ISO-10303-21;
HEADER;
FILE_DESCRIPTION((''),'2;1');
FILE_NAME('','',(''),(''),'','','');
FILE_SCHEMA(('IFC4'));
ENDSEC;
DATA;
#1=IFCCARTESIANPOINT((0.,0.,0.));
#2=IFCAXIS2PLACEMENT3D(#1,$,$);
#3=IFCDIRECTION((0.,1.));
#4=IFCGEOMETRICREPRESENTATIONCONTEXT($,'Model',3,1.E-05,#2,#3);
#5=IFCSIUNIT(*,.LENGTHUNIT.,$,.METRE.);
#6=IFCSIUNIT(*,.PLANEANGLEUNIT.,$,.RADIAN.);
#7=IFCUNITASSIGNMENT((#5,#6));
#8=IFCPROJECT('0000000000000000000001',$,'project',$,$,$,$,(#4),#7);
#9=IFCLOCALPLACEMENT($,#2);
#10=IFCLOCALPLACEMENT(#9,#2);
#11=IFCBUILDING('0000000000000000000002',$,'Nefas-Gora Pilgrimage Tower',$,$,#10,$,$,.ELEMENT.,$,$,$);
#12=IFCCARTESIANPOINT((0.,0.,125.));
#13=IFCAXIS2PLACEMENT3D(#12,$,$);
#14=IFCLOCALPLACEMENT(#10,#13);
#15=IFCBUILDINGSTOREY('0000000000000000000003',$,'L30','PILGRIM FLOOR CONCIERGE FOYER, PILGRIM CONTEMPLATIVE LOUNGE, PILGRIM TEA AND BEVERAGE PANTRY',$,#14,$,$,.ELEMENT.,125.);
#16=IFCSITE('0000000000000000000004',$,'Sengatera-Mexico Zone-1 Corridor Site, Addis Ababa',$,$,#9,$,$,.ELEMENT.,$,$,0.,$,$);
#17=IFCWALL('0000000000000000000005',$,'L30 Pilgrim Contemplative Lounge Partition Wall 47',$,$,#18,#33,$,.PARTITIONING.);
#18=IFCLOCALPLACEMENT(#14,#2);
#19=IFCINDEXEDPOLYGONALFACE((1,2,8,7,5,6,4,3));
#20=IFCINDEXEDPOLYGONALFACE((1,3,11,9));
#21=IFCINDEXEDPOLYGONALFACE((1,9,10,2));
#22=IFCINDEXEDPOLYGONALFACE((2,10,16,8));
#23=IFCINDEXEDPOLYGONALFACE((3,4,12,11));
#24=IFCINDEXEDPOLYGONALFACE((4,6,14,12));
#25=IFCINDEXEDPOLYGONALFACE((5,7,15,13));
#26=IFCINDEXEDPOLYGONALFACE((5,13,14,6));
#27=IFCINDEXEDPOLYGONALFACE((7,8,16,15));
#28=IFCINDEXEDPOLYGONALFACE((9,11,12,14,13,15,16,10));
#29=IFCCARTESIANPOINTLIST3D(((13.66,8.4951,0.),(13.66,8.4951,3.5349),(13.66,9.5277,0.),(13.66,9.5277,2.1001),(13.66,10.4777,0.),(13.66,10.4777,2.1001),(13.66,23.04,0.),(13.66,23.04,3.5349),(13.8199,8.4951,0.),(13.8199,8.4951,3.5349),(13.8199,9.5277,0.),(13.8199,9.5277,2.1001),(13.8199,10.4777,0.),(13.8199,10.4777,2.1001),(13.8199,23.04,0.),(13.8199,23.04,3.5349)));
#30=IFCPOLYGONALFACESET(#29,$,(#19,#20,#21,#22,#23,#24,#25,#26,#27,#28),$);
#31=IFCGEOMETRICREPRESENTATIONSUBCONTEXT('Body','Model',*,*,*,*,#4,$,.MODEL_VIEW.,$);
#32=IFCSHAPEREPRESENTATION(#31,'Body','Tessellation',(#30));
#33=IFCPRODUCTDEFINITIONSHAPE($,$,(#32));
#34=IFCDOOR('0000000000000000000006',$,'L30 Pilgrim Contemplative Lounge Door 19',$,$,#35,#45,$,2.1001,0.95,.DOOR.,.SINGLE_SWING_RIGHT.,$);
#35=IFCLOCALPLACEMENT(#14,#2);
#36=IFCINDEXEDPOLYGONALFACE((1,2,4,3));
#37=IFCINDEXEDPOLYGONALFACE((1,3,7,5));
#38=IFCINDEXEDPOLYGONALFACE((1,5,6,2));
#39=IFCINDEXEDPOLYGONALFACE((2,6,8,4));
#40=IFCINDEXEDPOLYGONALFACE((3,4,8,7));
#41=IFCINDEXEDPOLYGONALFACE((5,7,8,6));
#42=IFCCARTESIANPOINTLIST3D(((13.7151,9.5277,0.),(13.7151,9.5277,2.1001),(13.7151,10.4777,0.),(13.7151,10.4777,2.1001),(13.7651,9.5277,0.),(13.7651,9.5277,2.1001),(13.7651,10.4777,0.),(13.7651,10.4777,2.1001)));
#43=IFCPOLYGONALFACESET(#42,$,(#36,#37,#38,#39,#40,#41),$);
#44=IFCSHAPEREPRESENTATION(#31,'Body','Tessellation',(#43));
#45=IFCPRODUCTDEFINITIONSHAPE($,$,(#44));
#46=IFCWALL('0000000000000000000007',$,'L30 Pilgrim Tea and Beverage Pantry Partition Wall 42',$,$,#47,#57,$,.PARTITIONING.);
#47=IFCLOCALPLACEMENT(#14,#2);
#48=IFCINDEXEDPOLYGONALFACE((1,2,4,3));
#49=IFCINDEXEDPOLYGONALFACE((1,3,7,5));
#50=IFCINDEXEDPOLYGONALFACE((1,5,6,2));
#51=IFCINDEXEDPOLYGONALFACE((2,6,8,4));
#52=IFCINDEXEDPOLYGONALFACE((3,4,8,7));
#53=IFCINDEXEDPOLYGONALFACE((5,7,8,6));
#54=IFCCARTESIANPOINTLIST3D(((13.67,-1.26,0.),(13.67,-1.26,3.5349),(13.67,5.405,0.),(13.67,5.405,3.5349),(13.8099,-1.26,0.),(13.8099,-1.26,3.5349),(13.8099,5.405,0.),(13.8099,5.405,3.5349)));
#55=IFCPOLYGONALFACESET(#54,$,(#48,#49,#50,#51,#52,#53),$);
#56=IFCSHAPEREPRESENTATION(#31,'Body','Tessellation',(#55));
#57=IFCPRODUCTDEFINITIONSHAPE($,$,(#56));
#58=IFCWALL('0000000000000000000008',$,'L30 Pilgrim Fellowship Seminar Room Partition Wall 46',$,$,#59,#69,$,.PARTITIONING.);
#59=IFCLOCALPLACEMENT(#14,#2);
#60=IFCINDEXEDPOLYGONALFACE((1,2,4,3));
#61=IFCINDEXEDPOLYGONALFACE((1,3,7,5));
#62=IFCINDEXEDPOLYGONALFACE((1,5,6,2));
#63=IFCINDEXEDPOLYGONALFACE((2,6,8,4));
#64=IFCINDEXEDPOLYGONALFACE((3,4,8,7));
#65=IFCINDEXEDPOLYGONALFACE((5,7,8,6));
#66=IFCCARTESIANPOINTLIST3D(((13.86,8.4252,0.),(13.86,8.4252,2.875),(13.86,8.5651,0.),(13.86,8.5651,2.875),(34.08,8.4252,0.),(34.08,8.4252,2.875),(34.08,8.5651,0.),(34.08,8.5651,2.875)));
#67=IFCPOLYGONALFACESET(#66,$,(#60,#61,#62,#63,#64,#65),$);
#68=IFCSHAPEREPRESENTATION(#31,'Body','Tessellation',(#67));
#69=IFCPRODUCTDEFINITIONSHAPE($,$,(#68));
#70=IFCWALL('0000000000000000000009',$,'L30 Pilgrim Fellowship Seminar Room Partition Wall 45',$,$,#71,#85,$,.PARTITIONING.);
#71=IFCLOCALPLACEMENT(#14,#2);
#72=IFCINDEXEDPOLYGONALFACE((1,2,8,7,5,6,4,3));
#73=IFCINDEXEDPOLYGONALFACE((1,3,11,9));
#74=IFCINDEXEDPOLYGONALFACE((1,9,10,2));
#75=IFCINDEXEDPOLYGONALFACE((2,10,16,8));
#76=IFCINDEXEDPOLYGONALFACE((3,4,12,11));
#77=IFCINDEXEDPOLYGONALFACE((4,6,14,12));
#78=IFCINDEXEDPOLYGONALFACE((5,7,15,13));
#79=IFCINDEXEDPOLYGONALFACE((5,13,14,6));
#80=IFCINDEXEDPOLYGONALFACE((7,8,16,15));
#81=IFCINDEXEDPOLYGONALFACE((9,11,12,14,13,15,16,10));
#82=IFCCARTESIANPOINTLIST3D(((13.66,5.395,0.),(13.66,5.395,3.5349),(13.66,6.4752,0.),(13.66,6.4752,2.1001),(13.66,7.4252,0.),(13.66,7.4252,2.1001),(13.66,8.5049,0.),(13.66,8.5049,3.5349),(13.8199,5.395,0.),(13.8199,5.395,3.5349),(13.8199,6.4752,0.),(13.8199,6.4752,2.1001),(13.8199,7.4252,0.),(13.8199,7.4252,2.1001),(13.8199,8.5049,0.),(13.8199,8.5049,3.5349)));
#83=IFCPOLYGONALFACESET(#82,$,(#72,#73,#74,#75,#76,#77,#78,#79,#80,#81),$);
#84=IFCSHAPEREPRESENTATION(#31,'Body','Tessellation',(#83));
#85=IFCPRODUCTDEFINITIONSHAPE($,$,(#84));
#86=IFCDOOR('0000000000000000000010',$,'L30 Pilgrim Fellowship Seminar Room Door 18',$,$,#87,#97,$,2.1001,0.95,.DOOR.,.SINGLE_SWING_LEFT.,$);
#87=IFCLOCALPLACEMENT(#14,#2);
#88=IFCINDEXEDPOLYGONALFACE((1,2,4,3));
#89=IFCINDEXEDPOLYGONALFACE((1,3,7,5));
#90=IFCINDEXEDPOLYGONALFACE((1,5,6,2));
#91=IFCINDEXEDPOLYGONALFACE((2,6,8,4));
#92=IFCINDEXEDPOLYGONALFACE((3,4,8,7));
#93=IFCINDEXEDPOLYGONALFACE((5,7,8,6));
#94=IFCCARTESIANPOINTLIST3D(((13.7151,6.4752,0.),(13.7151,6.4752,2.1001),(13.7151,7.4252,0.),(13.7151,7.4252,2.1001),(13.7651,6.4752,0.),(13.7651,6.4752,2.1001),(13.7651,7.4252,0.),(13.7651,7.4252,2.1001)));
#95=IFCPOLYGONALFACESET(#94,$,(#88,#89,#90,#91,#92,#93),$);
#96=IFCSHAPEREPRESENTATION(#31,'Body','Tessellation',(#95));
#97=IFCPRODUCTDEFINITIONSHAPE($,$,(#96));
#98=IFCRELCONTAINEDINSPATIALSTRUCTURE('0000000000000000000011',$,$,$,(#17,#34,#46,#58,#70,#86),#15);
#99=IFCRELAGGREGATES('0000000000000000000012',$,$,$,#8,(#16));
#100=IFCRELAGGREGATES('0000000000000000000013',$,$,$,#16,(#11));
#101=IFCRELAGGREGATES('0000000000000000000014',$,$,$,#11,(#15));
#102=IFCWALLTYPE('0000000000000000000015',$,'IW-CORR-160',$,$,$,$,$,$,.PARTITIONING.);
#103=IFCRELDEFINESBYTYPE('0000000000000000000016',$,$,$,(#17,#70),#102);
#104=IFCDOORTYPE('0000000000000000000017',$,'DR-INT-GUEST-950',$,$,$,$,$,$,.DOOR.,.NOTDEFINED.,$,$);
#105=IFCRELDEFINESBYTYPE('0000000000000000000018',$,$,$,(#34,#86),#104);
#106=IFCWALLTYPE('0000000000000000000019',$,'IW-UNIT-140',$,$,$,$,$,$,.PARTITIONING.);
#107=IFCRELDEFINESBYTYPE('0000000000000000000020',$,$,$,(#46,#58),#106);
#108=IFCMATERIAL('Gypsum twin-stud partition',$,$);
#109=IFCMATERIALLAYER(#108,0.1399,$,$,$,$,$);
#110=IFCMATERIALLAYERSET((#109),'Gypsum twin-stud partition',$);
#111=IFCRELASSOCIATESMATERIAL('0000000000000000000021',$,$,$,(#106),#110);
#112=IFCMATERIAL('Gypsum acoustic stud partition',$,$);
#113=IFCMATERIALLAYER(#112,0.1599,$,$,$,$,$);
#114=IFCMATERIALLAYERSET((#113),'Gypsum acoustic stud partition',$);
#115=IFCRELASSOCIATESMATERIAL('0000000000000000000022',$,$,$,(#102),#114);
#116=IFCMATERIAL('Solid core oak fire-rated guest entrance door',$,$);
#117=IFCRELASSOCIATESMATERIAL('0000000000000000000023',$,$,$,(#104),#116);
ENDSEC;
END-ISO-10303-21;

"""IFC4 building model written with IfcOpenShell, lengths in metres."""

from ifc_helpers import new_model, si_unit, direction, frame, frame_2d, origin, place, context, subcontext, project, spatial, rectangle, extrude, source, transform, mapped, material, layer, layer_set, type_object, element, fill, save


model = new_model("IFC4")

# Units and contexts
model_context = context("Model", 3, precision=1e-05, world=origin(), true_north=direction((0.0, 1.0)))
body_context = subcontext(model_context, "Body", "Model", "MODEL_VIEW")
ifc_project = project(units=[si_unit("LENGTHUNIT", "METRE"), si_unit("PLANEANGLEUNIT", "RADIAN")], contexts=[model_context])

# Site, building, storey
site_placement = place(None, origin())
site = spatial("IfcSite", under=ifc_project, at=site_placement, Name="Sengatera-Mexico Zone-1 Corridor Site, Addis Ababa", CompositionType="ELEMENT", RefElevation=0.0)
building_placement = place(site_placement, origin())
building = spatial("IfcBuilding", under=site, at=building_placement, Name="Nefas-Gora Pilgrimage Tower", CompositionType="ELEMENT")
storey_placement = place(building_placement, frame((0.0, 0.0, 125.0)))
storey = spatial("IfcBuildingStorey", under=building, at=storey_placement, Name="L30", Description="PILGRIM FLOOR CONCIERGE FOYER, PILGRIM CONTEMPLATIVE LOUNGE, PILGRIM TEA AND BEVERAGE PANTRY", CompositionType="ELEMENT", Elevation=125.0)

# Shared definitions
ifc_material_1 = material(Name="Gypsum twin-stud partition")
ifc_layer_1 = layer(ifc_material_1, 0.1399)
ifc_layer_set_1 = layer_set([ifc_layer_1], Name="Gypsum twin-stud partition")
wall_type_1 = type_object("IfcWallType", Name="IW-UNIT-140", PredefinedType="PARTITIONING", material=ifc_layer_set_1)

# Wall, opening, door
ifc_material_2 = material(Name="Gypsum acoustic stud partition")
ifc_layer_2 = layer(ifc_material_2, 0.1599)
ifc_layer_set_2 = layer_set([ifc_layer_2], Name="Gypsum acoustic stud partition")
wall_type_2 = type_object("IfcWallType", Name="IW-CORR-160", PredefinedType="PARTITIONING", material=ifc_layer_set_2)
shared_shape_1 = source(origin(), body_context, "Body", "SweptSolid", [
    extrude(rectangle(XDim=14.5449, YDim=0.1599, at=frame_2d((7.2725, 0.0))), origin(), (0.0, 0.0, 1.0), 3.5349),
])
wall_1_placement = place(storey_placement, frame((13.74, 8.4951, 0.0), z_axis=(0.0, 0.0, 1.0), x_axis=(0.0, 1.0, 0.0)))
wall_1 = element("IfcWall", 1, at=wall_1_placement, inside=storey, type_object=wall_type_2, Name="L30 Pilgrim Contemplative Lounge Partition Wall 47", PredefinedType="PARTITIONING", context=body_context, shape_type="MappedRepresentation", body=[
    mapped(shared_shape_1, transform((0.0, 0.0, 0.0), x_axis=(1.0, 0.0, 0.0), y_axis=(0.0, 1.0, 0.0), z_axis=(0.0, 0.0, 1.0), scale=1.0)),
])
opening_1_placement = place(wall_1_placement, frame((1.0325, 0.0, 0.0)))
opening_1 = element("IfcOpeningElement", 2, at=opening_1_placement, cuts=wall_1, PredefinedType="OPENING", context=body_context, shape_type="SweptSolid", body=[
    extrude(rectangle(XDim=0.95, YDim=2.1001, at=frame_2d((0.4751, 1.05))), frame((0.0, 0.0898, 0.0), z_axis=(0.0, -1.0, 0.0), x_axis=(1.0, 0.0, 0.0)), (0.0, 0.0, 1.0), 0.1799),
])
ifc_material_3 = material(Name="Solid core oak fire-rated guest entrance door")
door_type = type_object("IfcDoorType", Name="DR-INT-GUEST-950", OperationType="NOTDEFINED", PredefinedType="DOOR", material=ifc_material_3)
shared_shape_2 = source(origin(), body_context, "Body", "SweptSolid", [
    extrude(rectangle(XDim=0.95, YDim=2.1001, at=frame_2d((0.4751, 1.05))), frame((0.0, 0.0249, 0.0), z_axis=(0.0, -1.0, 0.0), x_axis=(1.0, 0.0, 0.0)), (0.0, 0.0, 1.0), 0.05),
])
door_1_placement = place(opening_1_placement, origin())
door_1 = element("IfcDoor", 3, at=door_1_placement, inside=storey, type_object=door_type, Name="L30 Pilgrim Contemplative Lounge Door 19", OperationType="SINGLE_SWING_RIGHT", OverallHeight=2.1001, OverallWidth=0.95, PredefinedType="DOOR", context=body_context, shape_type="MappedRepresentation", body=[
    mapped(shared_shape_2, transform((0.0, 0.0, 0.0), x_axis=(1.0, 0.0, 0.0), y_axis=(0.0, 1.0, 0.0), z_axis=(0.0, 0.0, 1.0), scale=1.0)),
])
fill(opening_1, door_1)

# Walls
shared_shape_3 = source(origin(), body_context, "Body", "SweptSolid", [
    extrude(rectangle(XDim=6.665, YDim=0.1399, at=frame_2d((3.3325, 0.0))), origin(), (0.0, 0.0, 1.0), 3.5349),
])
wall_2_placement = place(storey_placement, frame((13.74, -1.26, 0.0), z_axis=(0.0, 0.0, 1.0), x_axis=(0.0, 1.0, 0.0)))
element("IfcWall", 4, at=wall_2_placement, inside=storey, type_object=wall_type_1, Name="L30 Pilgrim Tea and Beverage Pantry Partition Wall 42", PredefinedType="PARTITIONING", context=body_context, shape_type="MappedRepresentation", body=[
    mapped(shared_shape_3, transform((0.0, 0.0, 0.0), x_axis=(1.0, 0.0, 0.0), y_axis=(0.0, 1.0, 0.0), z_axis=(0.0, 0.0, 1.0), scale=1.0)),
])
shared_shape_4 = source(origin(), body_context, "Body", "SweptSolid", [
    extrude(rectangle(XDim=20.22, YDim=0.1399, at=frame_2d((10.1099, 0.0))), origin(), (0.0, 0.0, 1.0), 2.875),
])
wall_3_placement = place(storey_placement, frame((13.8601, 8.4951, 0.0), z_axis=(0.0, 0.0, 1.0), x_axis=(1.0, 0.0, 0.0)))
element("IfcWall", 5, at=wall_3_placement, inside=storey, type_object=wall_type_1, Name="L30 Pilgrim Fellowship Seminar Room Partition Wall 46", PredefinedType="PARTITIONING", context=body_context, shape_type="MappedRepresentation", body=[
    mapped(shared_shape_4, transform((0.0, 0.0, 0.0), x_axis=(1.0, 0.0, 0.0), y_axis=(0.0, 1.0, 0.0), z_axis=(0.0, 0.0, 1.0), scale=1.0)),
])

# Wall, opening, door
shared_shape_5 = source(origin(), body_context, "Body", "SweptSolid", [
    extrude(rectangle(XDim=3.1099, YDim=0.1599, at=frame_2d((1.5549, 0.0))), origin(), (0.0, 0.0, 1.0), 3.5349),
])
wall_4_placement = place(storey_placement, frame((13.74, 5.395, 0.0), z_axis=(0.0, 0.0, 1.0), x_axis=(0.0, 1.0, 0.0)))
wall_4 = element("IfcWall", 6, at=wall_4_placement, inside=storey, type_object=wall_type_2, Name="L30 Pilgrim Fellowship Seminar Room Partition Wall 45", PredefinedType="PARTITIONING", context=body_context, shape_type="MappedRepresentation", body=[
    mapped(shared_shape_5, transform((0.0, 0.0, 0.0), x_axis=(1.0, 0.0, 0.0), y_axis=(0.0, 1.0, 0.0), z_axis=(0.0, 0.0, 1.0), scale=1.0)),
])
opening_2_placement = place(wall_4_placement, frame((1.0801, 0.0, 0.0)))
opening_2 = element("IfcOpeningElement", 7, at=opening_2_placement, cuts=wall_4, PredefinedType="OPENING", context=body_context, shape_type="SweptSolid", body=[
    extrude(rectangle(XDim=0.95, YDim=2.1001, at=frame_2d((0.4751, 1.05))), frame((0.0, 0.0898, 0.0), z_axis=(0.0, -1.0, 0.0), x_axis=(1.0, 0.0, 0.0)), (0.0, 0.0, 1.0), 0.1799),
])
door_2_placement = place(opening_2_placement, origin())
door_2 = element("IfcDoor", 8, at=door_2_placement, inside=storey, type_object=door_type, Name="L30 Pilgrim Fellowship Seminar Room Door 18", OperationType="SINGLE_SWING_LEFT", OverallHeight=2.1001, OverallWidth=0.95, PredefinedType="DOOR", context=body_context, shape_type="MappedRepresentation", body=[
    mapped(shared_shape_2, transform((0.0, 0.0, 0.0), x_axis=(1.0, 0.0, 0.0), y_axis=(0.0, 1.0, 0.0), z_axis=(0.0, 0.0, 1.0), scale=1.0)),
])
fill(opening_2, door_2)

save(model, "model.ifc")
